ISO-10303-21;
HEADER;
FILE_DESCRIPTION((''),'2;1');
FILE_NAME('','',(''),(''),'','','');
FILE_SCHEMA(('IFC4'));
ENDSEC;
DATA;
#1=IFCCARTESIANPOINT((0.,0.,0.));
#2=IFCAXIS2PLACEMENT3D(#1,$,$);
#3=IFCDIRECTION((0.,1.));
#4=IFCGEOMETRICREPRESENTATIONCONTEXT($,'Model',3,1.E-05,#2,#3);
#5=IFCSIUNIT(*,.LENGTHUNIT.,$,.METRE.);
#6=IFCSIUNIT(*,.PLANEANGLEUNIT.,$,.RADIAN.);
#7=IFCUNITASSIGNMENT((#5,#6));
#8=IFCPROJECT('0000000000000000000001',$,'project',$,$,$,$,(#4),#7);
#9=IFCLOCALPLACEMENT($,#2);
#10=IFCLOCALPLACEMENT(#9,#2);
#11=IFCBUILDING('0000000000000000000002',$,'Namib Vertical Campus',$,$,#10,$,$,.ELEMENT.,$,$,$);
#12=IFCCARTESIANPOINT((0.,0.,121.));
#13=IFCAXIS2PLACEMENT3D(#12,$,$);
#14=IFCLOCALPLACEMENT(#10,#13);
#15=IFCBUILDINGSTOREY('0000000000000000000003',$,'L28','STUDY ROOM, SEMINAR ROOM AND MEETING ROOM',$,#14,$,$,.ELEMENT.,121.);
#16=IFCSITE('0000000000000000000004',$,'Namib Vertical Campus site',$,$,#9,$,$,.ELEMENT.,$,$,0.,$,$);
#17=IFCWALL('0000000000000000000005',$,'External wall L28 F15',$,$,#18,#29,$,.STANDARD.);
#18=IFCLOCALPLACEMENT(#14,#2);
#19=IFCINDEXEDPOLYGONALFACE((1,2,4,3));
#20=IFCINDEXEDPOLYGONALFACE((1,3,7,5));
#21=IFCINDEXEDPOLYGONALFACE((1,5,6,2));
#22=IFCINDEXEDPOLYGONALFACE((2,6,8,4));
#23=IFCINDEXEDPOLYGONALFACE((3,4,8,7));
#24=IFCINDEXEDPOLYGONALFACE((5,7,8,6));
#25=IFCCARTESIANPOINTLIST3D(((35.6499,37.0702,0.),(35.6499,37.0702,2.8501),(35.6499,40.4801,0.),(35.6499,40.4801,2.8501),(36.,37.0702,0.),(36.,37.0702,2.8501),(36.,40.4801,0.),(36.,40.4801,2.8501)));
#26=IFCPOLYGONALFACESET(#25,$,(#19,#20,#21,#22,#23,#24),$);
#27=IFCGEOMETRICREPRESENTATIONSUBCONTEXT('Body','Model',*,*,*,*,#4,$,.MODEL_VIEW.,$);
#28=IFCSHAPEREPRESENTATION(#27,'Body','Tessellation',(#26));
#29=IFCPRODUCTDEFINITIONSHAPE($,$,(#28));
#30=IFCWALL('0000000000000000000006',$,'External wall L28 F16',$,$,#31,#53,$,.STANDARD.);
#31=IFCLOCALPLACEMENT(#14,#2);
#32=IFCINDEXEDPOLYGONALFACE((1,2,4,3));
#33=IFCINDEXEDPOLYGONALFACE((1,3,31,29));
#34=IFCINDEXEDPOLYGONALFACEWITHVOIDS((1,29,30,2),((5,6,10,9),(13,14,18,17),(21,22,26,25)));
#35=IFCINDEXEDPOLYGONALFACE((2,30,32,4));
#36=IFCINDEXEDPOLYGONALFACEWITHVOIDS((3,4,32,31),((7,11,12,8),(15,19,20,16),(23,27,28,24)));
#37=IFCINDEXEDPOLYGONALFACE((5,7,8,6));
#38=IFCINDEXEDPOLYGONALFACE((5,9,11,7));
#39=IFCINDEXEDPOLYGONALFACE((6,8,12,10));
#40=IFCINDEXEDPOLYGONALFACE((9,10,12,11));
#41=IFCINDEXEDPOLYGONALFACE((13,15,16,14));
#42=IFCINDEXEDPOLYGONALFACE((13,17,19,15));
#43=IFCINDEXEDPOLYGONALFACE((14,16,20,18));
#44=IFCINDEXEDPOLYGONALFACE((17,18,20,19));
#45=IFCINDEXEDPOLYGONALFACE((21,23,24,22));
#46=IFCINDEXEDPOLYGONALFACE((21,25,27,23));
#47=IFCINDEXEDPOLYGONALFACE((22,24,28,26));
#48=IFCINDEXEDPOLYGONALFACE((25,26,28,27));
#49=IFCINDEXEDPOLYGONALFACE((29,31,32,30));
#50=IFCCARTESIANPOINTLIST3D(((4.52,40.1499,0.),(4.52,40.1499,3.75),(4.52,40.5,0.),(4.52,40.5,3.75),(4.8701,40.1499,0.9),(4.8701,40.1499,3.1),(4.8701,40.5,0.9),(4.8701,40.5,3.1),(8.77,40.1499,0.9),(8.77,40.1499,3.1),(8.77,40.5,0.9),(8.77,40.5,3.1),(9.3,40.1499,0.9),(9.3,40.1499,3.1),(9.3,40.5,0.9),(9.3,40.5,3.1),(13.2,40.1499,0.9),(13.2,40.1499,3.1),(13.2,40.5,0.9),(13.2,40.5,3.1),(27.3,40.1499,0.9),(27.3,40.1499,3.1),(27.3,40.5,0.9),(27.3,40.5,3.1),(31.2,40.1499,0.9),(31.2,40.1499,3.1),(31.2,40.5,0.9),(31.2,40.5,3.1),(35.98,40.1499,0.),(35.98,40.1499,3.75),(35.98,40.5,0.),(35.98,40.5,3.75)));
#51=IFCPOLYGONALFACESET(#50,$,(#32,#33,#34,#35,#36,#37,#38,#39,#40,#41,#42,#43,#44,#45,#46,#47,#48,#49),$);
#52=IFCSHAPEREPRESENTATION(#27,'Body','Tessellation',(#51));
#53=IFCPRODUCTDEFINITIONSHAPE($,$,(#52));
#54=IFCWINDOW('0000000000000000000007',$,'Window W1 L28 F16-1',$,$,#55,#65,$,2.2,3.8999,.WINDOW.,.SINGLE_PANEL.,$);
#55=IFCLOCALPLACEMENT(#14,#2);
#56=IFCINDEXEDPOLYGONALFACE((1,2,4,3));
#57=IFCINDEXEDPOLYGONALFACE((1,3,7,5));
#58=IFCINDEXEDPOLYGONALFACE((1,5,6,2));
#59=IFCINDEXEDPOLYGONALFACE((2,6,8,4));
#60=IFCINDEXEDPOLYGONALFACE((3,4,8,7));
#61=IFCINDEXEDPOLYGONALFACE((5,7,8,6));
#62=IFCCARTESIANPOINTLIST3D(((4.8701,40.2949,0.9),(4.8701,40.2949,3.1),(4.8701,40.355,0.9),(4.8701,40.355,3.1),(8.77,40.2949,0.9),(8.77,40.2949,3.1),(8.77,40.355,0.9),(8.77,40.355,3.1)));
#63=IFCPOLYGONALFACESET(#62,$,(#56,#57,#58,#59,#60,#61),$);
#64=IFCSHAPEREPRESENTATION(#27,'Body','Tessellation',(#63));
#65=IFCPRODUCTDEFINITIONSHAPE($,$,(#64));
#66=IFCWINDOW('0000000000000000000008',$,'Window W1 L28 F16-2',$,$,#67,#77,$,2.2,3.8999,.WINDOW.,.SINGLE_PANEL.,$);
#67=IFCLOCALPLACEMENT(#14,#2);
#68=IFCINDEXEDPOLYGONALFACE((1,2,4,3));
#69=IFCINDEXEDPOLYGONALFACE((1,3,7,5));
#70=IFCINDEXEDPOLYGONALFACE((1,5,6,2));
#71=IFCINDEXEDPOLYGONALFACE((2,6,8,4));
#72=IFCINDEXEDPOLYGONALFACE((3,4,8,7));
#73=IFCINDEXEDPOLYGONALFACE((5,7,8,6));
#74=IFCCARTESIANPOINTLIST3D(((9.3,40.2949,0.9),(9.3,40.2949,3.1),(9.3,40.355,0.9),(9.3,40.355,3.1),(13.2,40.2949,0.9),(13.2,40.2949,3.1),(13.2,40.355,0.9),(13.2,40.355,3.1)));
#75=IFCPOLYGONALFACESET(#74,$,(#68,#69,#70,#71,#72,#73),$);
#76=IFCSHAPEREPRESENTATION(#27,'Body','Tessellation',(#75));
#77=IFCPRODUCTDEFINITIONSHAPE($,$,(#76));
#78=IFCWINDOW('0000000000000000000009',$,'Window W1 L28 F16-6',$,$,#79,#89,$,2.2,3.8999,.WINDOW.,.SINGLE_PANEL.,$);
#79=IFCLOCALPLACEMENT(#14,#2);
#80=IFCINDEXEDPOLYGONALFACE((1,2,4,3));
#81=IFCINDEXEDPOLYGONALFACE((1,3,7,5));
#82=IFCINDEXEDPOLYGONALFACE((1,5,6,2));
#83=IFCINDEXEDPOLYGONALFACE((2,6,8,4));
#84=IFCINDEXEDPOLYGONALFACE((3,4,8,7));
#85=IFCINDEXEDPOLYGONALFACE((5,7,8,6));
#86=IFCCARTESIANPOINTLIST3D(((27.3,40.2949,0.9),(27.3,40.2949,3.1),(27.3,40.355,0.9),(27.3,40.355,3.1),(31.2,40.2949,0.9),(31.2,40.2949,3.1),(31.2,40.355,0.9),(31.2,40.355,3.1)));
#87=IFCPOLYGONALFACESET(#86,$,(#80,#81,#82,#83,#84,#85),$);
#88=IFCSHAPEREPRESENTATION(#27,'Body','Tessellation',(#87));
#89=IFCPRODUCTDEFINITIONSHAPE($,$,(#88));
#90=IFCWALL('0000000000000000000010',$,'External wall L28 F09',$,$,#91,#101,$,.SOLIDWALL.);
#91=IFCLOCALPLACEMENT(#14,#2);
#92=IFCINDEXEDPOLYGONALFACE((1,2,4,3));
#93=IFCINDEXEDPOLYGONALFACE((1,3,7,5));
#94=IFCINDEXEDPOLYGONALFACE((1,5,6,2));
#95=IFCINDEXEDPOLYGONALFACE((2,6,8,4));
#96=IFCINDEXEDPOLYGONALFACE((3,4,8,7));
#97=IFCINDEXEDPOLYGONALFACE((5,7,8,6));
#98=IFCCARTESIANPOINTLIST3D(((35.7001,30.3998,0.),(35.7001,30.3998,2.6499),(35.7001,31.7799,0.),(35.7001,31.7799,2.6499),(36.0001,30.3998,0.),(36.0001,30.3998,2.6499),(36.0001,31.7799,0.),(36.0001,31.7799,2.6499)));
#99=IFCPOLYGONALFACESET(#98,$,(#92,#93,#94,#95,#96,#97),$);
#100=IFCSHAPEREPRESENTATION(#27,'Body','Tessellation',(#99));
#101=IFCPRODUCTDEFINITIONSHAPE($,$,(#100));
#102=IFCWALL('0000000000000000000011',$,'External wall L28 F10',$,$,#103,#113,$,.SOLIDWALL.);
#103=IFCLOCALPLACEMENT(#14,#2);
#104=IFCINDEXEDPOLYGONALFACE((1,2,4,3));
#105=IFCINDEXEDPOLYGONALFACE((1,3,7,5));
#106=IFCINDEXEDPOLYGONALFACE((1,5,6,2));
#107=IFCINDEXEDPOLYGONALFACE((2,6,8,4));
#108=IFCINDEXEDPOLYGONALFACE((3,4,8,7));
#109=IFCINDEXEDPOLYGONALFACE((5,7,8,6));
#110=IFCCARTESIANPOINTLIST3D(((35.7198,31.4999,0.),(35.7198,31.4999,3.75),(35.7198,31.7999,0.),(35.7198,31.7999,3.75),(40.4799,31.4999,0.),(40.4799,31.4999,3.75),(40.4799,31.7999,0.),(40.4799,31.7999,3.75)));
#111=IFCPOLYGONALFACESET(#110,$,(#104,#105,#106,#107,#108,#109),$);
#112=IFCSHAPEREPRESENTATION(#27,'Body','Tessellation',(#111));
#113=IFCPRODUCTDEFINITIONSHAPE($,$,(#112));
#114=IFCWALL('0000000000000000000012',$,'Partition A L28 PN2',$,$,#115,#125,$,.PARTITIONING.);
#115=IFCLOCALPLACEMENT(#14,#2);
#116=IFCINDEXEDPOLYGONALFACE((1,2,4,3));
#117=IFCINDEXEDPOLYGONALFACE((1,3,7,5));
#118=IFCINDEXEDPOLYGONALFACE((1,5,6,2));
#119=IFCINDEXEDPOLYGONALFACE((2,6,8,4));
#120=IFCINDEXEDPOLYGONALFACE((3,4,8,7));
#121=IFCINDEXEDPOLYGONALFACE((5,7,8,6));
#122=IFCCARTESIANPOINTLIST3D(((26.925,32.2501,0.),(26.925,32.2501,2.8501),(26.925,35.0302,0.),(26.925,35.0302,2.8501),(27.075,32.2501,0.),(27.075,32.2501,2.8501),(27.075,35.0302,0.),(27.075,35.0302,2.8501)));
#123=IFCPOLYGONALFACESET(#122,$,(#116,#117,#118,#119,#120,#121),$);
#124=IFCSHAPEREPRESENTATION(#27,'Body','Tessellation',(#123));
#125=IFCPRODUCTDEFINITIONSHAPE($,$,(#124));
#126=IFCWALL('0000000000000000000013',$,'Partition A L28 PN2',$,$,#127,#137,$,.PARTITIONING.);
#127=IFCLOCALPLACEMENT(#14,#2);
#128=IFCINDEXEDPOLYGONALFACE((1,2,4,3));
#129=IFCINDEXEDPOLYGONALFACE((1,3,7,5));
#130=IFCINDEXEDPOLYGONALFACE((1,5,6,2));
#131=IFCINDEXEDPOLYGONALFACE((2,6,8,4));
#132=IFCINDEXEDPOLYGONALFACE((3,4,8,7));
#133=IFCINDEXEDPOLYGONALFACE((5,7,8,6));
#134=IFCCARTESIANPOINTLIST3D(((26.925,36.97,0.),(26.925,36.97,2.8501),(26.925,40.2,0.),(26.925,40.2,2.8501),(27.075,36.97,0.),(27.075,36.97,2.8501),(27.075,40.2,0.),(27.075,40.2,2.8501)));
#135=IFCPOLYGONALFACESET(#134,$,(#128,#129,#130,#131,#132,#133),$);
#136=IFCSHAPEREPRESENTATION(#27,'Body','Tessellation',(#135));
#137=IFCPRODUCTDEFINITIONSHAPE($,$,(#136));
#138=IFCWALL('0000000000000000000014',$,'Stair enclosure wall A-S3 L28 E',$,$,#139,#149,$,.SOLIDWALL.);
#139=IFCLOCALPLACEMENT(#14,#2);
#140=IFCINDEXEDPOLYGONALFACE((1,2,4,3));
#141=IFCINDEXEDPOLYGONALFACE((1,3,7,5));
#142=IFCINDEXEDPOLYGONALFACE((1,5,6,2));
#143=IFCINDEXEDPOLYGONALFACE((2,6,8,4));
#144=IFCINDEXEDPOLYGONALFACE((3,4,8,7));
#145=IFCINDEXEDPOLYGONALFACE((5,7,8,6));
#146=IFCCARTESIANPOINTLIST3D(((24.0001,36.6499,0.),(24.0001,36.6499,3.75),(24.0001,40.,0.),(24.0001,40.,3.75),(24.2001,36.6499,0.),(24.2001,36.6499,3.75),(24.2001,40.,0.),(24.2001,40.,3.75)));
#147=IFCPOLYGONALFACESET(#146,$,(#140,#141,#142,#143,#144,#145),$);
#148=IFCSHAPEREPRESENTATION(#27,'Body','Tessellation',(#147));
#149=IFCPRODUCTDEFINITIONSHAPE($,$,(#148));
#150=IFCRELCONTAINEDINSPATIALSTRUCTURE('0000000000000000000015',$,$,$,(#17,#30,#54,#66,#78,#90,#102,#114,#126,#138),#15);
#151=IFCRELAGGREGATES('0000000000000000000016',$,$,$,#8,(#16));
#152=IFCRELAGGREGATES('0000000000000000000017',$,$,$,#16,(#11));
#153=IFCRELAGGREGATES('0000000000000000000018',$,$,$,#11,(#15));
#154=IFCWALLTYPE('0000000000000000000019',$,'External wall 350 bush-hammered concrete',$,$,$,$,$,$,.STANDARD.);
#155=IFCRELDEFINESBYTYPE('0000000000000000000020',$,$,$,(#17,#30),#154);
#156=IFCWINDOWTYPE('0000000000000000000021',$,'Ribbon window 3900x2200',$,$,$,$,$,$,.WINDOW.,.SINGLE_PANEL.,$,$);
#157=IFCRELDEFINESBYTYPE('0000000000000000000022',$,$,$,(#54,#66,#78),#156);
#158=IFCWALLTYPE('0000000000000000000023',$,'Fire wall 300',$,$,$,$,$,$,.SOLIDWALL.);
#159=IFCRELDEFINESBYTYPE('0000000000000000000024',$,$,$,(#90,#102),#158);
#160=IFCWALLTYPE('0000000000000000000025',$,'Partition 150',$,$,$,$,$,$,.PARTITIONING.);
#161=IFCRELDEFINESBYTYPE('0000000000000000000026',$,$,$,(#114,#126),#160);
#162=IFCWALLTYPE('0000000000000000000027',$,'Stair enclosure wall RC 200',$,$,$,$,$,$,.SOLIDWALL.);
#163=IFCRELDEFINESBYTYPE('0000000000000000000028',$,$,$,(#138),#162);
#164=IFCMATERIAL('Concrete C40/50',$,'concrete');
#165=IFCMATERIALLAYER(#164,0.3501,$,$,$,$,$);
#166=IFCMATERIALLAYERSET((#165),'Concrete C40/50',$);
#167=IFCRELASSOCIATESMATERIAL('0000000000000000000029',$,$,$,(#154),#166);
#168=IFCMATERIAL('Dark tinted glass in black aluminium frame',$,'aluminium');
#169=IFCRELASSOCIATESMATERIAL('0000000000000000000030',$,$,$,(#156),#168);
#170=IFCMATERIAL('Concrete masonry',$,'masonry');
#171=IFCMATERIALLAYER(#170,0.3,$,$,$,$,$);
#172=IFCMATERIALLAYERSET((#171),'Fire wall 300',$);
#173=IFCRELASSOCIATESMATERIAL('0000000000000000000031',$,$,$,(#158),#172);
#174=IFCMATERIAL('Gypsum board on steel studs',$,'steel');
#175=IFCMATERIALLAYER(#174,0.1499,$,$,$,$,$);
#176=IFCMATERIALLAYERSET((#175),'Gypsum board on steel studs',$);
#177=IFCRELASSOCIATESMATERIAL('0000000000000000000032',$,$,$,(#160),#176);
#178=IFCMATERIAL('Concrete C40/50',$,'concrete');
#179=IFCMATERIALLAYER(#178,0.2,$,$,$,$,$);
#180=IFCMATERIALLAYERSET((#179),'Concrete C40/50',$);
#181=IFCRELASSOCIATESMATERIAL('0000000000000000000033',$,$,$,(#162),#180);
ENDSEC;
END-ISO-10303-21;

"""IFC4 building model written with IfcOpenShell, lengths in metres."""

from ifc_helpers import new_model, si_unit, direction, frame, frame_2d, origin, place, context, subcontext, project, spatial, rectangle, extrude, material, layer, layer_set, type_object, element, fill, save


model = new_model("IFC4")

# Units and contexts
model_context = context("Model", 3, precision=1e-05, world=origin(), true_north=direction((0.0, 1.0)))
body_context = subcontext(model_context, "Body", "Model", "MODEL_VIEW")
ifc_project = project(units=[si_unit("LENGTHUNIT", "METRE"), si_unit("PLANEANGLEUNIT", "RADIAN")], contexts=[model_context])

# Site, building, storey
site_placement = place(None, origin())
site = spatial("IfcSite", under=ifc_project, at=site_placement, Name="Namib Vertical Campus site", CompositionType="ELEMENT", RefElevation=0.0)
building_placement = place(site_placement, origin())
building = spatial("IfcBuilding", under=site, at=building_placement, Name="Namib Vertical Campus", CompositionType="ELEMENT")
storey_placement = place(building_placement, frame((0.0, 0.0, 121.0)))
storey = spatial("IfcBuildingStorey", under=building, at=storey_placement, Name="L28", Description="STUDY ROOM, SEMINAR ROOM AND MEETING ROOM", CompositionType="ELEMENT", Elevation=121.0)

# Wall
ifc_material_1 = material(Name="Concrete C40/50", Category="concrete")
ifc_layer_1 = layer(ifc_material_1, 0.3501)
ifc_layer_set_1 = layer_set([ifc_layer_1], Name="Concrete C40/50")
wall_type_1 = type_object("IfcWallType", Name="External wall 350 bush-hammered concrete", PredefinedType="STANDARD", material=ifc_layer_set_1)
wall_1_placement = place(storey_placement, frame((35.825, 37.0701, 0.0), z_axis=(0.0, 0.0, 1.0), x_axis=(0.0, 1.0, 0.0)))
element("IfcWall", 1, at=wall_1_placement, inside=storey, type_object=wall_type_1, Name="External wall L28 F15", PredefinedType="STANDARD", context=body_context, shape_type="SweptSolid", body=[
    extrude(rectangle(XDim=3.4099, YDim=0.3501, at=frame_2d((1.7051, 0.0))), origin(), (0.0, 0.0, 1.0), 2.8501),
])

# Wall, openings, windows
wall_2_placement = place(storey_placement, frame((35.98, 40.325, 0.0), z_axis=(0.0, 0.0, 1.0), x_axis=(-1.0, 0.0, 0.0)))
wall_2 = element("IfcWall", 2, at=wall_2_placement, inside=storey, type_object=wall_type_1, Name="External wall L28 F16", PredefinedType="STANDARD", context=body_context, shape_type="SweptSolid", body=[
    extrude(rectangle(XDim=31.46, YDim=0.3501, at=frame_2d((15.73, 0.0))), origin(), (0.0, 0.0, 1.0), 3.75),
])
opening_1_placement = place(wall_2_placement, frame((27.21, 0.0, 0.8999)))
opening_1 = element("IfcOpeningElement", 3, at=opening_1_placement, cuts=wall_2, PredefinedType="OPENING", context=body_context, shape_type="SweptSolid", body=[
    extrude(rectangle(XDim=3.8999, YDim=2.2, at=frame_2d((1.95, 1.1001))), frame((0.0, 0.1851, 0.0), z_axis=(0.0, -1.0, 0.0), x_axis=(1.0, 0.0, 0.0)), (0.0, 0.0, 1.0), 0.3701),
])
opening_2_placement = place(wall_2_placement, frame((22.78, 0.0, 0.8999)))
opening_2 = element("IfcOpeningElement", 4, at=opening_2_placement, cuts=wall_2, PredefinedType="OPENING", context=body_context, shape_type="SweptSolid", body=[
    extrude(rectangle(XDim=3.8999, YDim=2.2, at=frame_2d((1.95, 1.1001))), frame((0.0, 0.1851, 0.0), z_axis=(0.0, -1.0, 0.0), x_axis=(1.0, 0.0, 0.0)), (0.0, 0.0, 1.0), 0.3701),
])
opening_3_placement = place(wall_2_placement, frame((4.78, 0.0, 0.8999)))
opening_3 = element("IfcOpeningElement", 5, at=opening_3_placement, cuts=wall_2, PredefinedType="OPENING", context=body_context, shape_type="SweptSolid", body=[
    extrude(rectangle(XDim=3.8999, YDim=2.2, at=frame_2d((1.95, 1.1001))), frame((0.0, 0.1851, 0.0), z_axis=(0.0, -1.0, 0.0), x_axis=(1.0, 0.0, 0.0)), (0.0, 0.0, 1.0), 0.3701),
])
ifc_material_2 = material(Name="Dark tinted glass in black aluminium frame", Category="aluminium")
window_type = type_object("IfcWindowType", Name="Ribbon window 3900x2200", PartitioningType="SINGLE_PANEL", PredefinedType="WINDOW", material=ifc_material_2)
window_1_placement = place(opening_1_placement, origin())
window_1 = element("IfcWindow", 6, at=window_1_placement, inside=storey, type_object=window_type, Name="Window W1 L28 F16-1", OverallHeight=2.2, OverallWidth=3.8999, PartitioningType="SINGLE_PANEL", PredefinedType="WINDOW", context=body_context, shape_type="SweptSolid", body=[
    extrude(rectangle(XDim=3.8999, YDim=2.2, at=frame_2d((1.95, 1.1001))), frame((0.0, 0.03, 0.0), z_axis=(0.0, -1.0, 0.0), x_axis=(1.0, 0.0, 0.0)), (0.0, 0.0, 1.0), 0.0601),
])
fill(opening_1, window_1)
window_2_placement = place(opening_2_placement, origin())
window_2 = element("IfcWindow", 7, at=window_2_placement, inside=storey, type_object=window_type, Name="Window W1 L28 F16-2", OverallHeight=2.2, OverallWidth=3.8999, PartitioningType="SINGLE_PANEL", PredefinedType="WINDOW", context=body_context, shape_type="SweptSolid", body=[
    extrude(rectangle(XDim=3.8999, YDim=2.2, at=frame_2d((1.95, 1.1001))), frame((0.0, 0.03, 0.0), z_axis=(0.0, -1.0, 0.0), x_axis=(1.0, 0.0, 0.0)), (0.0, 0.0, 1.0), 0.0601),
])
fill(opening_2, window_2)
window_3_placement = place(opening_3_placement, origin())
window_3 = element("IfcWindow", 8, at=window_3_placement, inside=storey, type_object=window_type, Name="Window W1 L28 F16-6", OverallHeight=2.2, OverallWidth=3.8999, PartitioningType="SINGLE_PANEL", PredefinedType="WINDOW", context=body_context, shape_type="SweptSolid", body=[
    extrude(rectangle(XDim=3.8999, YDim=2.2, at=frame_2d((1.95, 1.1001))), frame((0.0, 0.03, 0.0), z_axis=(0.0, -1.0, 0.0), x_axis=(1.0, 0.0, 0.0)), (0.0, 0.0, 1.0), 0.0601),
])
fill(opening_3, window_3)

# Walls
ifc_material_3 = material(Name="Concrete masonry", Category="masonry")
ifc_layer_2 = layer(ifc_material_3, 0.3)
ifc_layer_set_2 = layer_set([ifc_layer_2], Name="Fire wall 300")
wall_type_2 = type_object("IfcWallType", Name="Fire wall 300", PredefinedType="SOLIDWALL", material=ifc_layer_set_2)
wall_3_placement = place(storey_placement, frame((35.8501, 30.3999, 0.0), z_axis=(0.0, 0.0, 1.0), x_axis=(0.0, 1.0, 0.0)))
element("IfcWall", 9, at=wall_3_placement, inside=storey, type_object=wall_type_2, Name="External wall L28 F09", PredefinedType="SOLIDWALL", context=body_context, shape_type="SweptSolid", body=[
    extrude(rectangle(XDim=1.3801, YDim=0.3, at=frame_2d((0.6899, 0.0))), origin(), (0.0, 0.0, 1.0), 2.6499),
])
wall_4_placement = place(storey_placement, frame((35.72, 31.6499, 0.0), z_axis=(0.0, 0.0, 1.0), x_axis=(1.0, 0.0, 0.0)))
element("IfcWall", 10, at=wall_4_placement, inside=storey, type_object=wall_type_2, Name="External wall L28 F10", PredefinedType="SOLIDWALL", context=body_context, shape_type="SweptSolid", body=[
    extrude(rectangle(XDim=4.76, YDim=0.3, at=frame_2d((2.3799, 0.0))), origin(), (0.0, 0.0, 1.0), 3.75),
])
ifc_material_4 = material(Name="Gypsum board on steel studs", Category="steel")
ifc_layer_3 = layer(ifc_material_4, 0.1499)
ifc_layer_set_3 = layer_set([ifc_layer_3], Name="Gypsum board on steel studs")
wall_type_3 = type_object("IfcWallType", Name="Partition 150", PredefinedType="PARTITIONING", material=ifc_layer_set_3)
wall_5_placement = place(storey_placement, frame((27.0, 32.25, 0.0), z_axis=(0.0, 0.0, 1.0), x_axis=(0.0, 1.0, 0.0)))
element("IfcWall", 11, at=wall_5_placement, inside=storey, type_object=wall_type_3, Name="Partition A L28 PN2", PredefinedType="PARTITIONING", context=body_context, shape_type="SweptSolid", body=[
    extrude(rectangle(XDim=2.78, YDim=0.1499, at=frame_2d((1.3901, 0.0))), origin(), (0.0, 0.0, 1.0), 2.8501),
])
wall_6_placement = place(storey_placement, frame((27.0, 36.97, 0.0), z_axis=(0.0, 0.0, 1.0), x_axis=(0.0, 1.0, 0.0)))
element("IfcWall", 12, at=wall_6_placement, inside=storey, type_object=wall_type_3, Name="Partition A L28 PN2", PredefinedType="PARTITIONING", context=body_context, shape_type="SweptSolid", body=[
    extrude(rectangle(XDim=3.23, YDim=0.1499, at=frame_2d((1.615, 0.0))), origin(), (0.0, 0.0, 1.0), 2.8501),
])
ifc_material_5 = material(Name="Concrete C40/50", Category="concrete")
ifc_layer_4 = layer(ifc_material_5, 0.2)
ifc_layer_set_4 = layer_set([ifc_layer_4], Name="Concrete C40/50")
wall_type_4 = type_object("IfcWallType", Name="Stair enclosure wall RC 200", PredefinedType="SOLIDWALL", material=ifc_layer_set_4)
wall_7_placement = place(storey_placement, frame((24.1001, 36.6499, 0.0), z_axis=(0.0, 0.0, 1.0), x_axis=(0.0, 1.0, 0.0)))
element("IfcWall", 13, at=wall_7_placement, inside=storey, type_object=wall_type_4, Name="Stair enclosure wall A-S3 L28 E", PredefinedType="SOLIDWALL", context=body_context, shape_type="SweptSolid", body=[
    extrude(rectangle(XDim=3.3501, YDim=0.2, at=frame_2d((1.675, 0.0))), origin(), (0.0, 0.0, 1.0), 3.75),
])

save(model, "model.ifc")
